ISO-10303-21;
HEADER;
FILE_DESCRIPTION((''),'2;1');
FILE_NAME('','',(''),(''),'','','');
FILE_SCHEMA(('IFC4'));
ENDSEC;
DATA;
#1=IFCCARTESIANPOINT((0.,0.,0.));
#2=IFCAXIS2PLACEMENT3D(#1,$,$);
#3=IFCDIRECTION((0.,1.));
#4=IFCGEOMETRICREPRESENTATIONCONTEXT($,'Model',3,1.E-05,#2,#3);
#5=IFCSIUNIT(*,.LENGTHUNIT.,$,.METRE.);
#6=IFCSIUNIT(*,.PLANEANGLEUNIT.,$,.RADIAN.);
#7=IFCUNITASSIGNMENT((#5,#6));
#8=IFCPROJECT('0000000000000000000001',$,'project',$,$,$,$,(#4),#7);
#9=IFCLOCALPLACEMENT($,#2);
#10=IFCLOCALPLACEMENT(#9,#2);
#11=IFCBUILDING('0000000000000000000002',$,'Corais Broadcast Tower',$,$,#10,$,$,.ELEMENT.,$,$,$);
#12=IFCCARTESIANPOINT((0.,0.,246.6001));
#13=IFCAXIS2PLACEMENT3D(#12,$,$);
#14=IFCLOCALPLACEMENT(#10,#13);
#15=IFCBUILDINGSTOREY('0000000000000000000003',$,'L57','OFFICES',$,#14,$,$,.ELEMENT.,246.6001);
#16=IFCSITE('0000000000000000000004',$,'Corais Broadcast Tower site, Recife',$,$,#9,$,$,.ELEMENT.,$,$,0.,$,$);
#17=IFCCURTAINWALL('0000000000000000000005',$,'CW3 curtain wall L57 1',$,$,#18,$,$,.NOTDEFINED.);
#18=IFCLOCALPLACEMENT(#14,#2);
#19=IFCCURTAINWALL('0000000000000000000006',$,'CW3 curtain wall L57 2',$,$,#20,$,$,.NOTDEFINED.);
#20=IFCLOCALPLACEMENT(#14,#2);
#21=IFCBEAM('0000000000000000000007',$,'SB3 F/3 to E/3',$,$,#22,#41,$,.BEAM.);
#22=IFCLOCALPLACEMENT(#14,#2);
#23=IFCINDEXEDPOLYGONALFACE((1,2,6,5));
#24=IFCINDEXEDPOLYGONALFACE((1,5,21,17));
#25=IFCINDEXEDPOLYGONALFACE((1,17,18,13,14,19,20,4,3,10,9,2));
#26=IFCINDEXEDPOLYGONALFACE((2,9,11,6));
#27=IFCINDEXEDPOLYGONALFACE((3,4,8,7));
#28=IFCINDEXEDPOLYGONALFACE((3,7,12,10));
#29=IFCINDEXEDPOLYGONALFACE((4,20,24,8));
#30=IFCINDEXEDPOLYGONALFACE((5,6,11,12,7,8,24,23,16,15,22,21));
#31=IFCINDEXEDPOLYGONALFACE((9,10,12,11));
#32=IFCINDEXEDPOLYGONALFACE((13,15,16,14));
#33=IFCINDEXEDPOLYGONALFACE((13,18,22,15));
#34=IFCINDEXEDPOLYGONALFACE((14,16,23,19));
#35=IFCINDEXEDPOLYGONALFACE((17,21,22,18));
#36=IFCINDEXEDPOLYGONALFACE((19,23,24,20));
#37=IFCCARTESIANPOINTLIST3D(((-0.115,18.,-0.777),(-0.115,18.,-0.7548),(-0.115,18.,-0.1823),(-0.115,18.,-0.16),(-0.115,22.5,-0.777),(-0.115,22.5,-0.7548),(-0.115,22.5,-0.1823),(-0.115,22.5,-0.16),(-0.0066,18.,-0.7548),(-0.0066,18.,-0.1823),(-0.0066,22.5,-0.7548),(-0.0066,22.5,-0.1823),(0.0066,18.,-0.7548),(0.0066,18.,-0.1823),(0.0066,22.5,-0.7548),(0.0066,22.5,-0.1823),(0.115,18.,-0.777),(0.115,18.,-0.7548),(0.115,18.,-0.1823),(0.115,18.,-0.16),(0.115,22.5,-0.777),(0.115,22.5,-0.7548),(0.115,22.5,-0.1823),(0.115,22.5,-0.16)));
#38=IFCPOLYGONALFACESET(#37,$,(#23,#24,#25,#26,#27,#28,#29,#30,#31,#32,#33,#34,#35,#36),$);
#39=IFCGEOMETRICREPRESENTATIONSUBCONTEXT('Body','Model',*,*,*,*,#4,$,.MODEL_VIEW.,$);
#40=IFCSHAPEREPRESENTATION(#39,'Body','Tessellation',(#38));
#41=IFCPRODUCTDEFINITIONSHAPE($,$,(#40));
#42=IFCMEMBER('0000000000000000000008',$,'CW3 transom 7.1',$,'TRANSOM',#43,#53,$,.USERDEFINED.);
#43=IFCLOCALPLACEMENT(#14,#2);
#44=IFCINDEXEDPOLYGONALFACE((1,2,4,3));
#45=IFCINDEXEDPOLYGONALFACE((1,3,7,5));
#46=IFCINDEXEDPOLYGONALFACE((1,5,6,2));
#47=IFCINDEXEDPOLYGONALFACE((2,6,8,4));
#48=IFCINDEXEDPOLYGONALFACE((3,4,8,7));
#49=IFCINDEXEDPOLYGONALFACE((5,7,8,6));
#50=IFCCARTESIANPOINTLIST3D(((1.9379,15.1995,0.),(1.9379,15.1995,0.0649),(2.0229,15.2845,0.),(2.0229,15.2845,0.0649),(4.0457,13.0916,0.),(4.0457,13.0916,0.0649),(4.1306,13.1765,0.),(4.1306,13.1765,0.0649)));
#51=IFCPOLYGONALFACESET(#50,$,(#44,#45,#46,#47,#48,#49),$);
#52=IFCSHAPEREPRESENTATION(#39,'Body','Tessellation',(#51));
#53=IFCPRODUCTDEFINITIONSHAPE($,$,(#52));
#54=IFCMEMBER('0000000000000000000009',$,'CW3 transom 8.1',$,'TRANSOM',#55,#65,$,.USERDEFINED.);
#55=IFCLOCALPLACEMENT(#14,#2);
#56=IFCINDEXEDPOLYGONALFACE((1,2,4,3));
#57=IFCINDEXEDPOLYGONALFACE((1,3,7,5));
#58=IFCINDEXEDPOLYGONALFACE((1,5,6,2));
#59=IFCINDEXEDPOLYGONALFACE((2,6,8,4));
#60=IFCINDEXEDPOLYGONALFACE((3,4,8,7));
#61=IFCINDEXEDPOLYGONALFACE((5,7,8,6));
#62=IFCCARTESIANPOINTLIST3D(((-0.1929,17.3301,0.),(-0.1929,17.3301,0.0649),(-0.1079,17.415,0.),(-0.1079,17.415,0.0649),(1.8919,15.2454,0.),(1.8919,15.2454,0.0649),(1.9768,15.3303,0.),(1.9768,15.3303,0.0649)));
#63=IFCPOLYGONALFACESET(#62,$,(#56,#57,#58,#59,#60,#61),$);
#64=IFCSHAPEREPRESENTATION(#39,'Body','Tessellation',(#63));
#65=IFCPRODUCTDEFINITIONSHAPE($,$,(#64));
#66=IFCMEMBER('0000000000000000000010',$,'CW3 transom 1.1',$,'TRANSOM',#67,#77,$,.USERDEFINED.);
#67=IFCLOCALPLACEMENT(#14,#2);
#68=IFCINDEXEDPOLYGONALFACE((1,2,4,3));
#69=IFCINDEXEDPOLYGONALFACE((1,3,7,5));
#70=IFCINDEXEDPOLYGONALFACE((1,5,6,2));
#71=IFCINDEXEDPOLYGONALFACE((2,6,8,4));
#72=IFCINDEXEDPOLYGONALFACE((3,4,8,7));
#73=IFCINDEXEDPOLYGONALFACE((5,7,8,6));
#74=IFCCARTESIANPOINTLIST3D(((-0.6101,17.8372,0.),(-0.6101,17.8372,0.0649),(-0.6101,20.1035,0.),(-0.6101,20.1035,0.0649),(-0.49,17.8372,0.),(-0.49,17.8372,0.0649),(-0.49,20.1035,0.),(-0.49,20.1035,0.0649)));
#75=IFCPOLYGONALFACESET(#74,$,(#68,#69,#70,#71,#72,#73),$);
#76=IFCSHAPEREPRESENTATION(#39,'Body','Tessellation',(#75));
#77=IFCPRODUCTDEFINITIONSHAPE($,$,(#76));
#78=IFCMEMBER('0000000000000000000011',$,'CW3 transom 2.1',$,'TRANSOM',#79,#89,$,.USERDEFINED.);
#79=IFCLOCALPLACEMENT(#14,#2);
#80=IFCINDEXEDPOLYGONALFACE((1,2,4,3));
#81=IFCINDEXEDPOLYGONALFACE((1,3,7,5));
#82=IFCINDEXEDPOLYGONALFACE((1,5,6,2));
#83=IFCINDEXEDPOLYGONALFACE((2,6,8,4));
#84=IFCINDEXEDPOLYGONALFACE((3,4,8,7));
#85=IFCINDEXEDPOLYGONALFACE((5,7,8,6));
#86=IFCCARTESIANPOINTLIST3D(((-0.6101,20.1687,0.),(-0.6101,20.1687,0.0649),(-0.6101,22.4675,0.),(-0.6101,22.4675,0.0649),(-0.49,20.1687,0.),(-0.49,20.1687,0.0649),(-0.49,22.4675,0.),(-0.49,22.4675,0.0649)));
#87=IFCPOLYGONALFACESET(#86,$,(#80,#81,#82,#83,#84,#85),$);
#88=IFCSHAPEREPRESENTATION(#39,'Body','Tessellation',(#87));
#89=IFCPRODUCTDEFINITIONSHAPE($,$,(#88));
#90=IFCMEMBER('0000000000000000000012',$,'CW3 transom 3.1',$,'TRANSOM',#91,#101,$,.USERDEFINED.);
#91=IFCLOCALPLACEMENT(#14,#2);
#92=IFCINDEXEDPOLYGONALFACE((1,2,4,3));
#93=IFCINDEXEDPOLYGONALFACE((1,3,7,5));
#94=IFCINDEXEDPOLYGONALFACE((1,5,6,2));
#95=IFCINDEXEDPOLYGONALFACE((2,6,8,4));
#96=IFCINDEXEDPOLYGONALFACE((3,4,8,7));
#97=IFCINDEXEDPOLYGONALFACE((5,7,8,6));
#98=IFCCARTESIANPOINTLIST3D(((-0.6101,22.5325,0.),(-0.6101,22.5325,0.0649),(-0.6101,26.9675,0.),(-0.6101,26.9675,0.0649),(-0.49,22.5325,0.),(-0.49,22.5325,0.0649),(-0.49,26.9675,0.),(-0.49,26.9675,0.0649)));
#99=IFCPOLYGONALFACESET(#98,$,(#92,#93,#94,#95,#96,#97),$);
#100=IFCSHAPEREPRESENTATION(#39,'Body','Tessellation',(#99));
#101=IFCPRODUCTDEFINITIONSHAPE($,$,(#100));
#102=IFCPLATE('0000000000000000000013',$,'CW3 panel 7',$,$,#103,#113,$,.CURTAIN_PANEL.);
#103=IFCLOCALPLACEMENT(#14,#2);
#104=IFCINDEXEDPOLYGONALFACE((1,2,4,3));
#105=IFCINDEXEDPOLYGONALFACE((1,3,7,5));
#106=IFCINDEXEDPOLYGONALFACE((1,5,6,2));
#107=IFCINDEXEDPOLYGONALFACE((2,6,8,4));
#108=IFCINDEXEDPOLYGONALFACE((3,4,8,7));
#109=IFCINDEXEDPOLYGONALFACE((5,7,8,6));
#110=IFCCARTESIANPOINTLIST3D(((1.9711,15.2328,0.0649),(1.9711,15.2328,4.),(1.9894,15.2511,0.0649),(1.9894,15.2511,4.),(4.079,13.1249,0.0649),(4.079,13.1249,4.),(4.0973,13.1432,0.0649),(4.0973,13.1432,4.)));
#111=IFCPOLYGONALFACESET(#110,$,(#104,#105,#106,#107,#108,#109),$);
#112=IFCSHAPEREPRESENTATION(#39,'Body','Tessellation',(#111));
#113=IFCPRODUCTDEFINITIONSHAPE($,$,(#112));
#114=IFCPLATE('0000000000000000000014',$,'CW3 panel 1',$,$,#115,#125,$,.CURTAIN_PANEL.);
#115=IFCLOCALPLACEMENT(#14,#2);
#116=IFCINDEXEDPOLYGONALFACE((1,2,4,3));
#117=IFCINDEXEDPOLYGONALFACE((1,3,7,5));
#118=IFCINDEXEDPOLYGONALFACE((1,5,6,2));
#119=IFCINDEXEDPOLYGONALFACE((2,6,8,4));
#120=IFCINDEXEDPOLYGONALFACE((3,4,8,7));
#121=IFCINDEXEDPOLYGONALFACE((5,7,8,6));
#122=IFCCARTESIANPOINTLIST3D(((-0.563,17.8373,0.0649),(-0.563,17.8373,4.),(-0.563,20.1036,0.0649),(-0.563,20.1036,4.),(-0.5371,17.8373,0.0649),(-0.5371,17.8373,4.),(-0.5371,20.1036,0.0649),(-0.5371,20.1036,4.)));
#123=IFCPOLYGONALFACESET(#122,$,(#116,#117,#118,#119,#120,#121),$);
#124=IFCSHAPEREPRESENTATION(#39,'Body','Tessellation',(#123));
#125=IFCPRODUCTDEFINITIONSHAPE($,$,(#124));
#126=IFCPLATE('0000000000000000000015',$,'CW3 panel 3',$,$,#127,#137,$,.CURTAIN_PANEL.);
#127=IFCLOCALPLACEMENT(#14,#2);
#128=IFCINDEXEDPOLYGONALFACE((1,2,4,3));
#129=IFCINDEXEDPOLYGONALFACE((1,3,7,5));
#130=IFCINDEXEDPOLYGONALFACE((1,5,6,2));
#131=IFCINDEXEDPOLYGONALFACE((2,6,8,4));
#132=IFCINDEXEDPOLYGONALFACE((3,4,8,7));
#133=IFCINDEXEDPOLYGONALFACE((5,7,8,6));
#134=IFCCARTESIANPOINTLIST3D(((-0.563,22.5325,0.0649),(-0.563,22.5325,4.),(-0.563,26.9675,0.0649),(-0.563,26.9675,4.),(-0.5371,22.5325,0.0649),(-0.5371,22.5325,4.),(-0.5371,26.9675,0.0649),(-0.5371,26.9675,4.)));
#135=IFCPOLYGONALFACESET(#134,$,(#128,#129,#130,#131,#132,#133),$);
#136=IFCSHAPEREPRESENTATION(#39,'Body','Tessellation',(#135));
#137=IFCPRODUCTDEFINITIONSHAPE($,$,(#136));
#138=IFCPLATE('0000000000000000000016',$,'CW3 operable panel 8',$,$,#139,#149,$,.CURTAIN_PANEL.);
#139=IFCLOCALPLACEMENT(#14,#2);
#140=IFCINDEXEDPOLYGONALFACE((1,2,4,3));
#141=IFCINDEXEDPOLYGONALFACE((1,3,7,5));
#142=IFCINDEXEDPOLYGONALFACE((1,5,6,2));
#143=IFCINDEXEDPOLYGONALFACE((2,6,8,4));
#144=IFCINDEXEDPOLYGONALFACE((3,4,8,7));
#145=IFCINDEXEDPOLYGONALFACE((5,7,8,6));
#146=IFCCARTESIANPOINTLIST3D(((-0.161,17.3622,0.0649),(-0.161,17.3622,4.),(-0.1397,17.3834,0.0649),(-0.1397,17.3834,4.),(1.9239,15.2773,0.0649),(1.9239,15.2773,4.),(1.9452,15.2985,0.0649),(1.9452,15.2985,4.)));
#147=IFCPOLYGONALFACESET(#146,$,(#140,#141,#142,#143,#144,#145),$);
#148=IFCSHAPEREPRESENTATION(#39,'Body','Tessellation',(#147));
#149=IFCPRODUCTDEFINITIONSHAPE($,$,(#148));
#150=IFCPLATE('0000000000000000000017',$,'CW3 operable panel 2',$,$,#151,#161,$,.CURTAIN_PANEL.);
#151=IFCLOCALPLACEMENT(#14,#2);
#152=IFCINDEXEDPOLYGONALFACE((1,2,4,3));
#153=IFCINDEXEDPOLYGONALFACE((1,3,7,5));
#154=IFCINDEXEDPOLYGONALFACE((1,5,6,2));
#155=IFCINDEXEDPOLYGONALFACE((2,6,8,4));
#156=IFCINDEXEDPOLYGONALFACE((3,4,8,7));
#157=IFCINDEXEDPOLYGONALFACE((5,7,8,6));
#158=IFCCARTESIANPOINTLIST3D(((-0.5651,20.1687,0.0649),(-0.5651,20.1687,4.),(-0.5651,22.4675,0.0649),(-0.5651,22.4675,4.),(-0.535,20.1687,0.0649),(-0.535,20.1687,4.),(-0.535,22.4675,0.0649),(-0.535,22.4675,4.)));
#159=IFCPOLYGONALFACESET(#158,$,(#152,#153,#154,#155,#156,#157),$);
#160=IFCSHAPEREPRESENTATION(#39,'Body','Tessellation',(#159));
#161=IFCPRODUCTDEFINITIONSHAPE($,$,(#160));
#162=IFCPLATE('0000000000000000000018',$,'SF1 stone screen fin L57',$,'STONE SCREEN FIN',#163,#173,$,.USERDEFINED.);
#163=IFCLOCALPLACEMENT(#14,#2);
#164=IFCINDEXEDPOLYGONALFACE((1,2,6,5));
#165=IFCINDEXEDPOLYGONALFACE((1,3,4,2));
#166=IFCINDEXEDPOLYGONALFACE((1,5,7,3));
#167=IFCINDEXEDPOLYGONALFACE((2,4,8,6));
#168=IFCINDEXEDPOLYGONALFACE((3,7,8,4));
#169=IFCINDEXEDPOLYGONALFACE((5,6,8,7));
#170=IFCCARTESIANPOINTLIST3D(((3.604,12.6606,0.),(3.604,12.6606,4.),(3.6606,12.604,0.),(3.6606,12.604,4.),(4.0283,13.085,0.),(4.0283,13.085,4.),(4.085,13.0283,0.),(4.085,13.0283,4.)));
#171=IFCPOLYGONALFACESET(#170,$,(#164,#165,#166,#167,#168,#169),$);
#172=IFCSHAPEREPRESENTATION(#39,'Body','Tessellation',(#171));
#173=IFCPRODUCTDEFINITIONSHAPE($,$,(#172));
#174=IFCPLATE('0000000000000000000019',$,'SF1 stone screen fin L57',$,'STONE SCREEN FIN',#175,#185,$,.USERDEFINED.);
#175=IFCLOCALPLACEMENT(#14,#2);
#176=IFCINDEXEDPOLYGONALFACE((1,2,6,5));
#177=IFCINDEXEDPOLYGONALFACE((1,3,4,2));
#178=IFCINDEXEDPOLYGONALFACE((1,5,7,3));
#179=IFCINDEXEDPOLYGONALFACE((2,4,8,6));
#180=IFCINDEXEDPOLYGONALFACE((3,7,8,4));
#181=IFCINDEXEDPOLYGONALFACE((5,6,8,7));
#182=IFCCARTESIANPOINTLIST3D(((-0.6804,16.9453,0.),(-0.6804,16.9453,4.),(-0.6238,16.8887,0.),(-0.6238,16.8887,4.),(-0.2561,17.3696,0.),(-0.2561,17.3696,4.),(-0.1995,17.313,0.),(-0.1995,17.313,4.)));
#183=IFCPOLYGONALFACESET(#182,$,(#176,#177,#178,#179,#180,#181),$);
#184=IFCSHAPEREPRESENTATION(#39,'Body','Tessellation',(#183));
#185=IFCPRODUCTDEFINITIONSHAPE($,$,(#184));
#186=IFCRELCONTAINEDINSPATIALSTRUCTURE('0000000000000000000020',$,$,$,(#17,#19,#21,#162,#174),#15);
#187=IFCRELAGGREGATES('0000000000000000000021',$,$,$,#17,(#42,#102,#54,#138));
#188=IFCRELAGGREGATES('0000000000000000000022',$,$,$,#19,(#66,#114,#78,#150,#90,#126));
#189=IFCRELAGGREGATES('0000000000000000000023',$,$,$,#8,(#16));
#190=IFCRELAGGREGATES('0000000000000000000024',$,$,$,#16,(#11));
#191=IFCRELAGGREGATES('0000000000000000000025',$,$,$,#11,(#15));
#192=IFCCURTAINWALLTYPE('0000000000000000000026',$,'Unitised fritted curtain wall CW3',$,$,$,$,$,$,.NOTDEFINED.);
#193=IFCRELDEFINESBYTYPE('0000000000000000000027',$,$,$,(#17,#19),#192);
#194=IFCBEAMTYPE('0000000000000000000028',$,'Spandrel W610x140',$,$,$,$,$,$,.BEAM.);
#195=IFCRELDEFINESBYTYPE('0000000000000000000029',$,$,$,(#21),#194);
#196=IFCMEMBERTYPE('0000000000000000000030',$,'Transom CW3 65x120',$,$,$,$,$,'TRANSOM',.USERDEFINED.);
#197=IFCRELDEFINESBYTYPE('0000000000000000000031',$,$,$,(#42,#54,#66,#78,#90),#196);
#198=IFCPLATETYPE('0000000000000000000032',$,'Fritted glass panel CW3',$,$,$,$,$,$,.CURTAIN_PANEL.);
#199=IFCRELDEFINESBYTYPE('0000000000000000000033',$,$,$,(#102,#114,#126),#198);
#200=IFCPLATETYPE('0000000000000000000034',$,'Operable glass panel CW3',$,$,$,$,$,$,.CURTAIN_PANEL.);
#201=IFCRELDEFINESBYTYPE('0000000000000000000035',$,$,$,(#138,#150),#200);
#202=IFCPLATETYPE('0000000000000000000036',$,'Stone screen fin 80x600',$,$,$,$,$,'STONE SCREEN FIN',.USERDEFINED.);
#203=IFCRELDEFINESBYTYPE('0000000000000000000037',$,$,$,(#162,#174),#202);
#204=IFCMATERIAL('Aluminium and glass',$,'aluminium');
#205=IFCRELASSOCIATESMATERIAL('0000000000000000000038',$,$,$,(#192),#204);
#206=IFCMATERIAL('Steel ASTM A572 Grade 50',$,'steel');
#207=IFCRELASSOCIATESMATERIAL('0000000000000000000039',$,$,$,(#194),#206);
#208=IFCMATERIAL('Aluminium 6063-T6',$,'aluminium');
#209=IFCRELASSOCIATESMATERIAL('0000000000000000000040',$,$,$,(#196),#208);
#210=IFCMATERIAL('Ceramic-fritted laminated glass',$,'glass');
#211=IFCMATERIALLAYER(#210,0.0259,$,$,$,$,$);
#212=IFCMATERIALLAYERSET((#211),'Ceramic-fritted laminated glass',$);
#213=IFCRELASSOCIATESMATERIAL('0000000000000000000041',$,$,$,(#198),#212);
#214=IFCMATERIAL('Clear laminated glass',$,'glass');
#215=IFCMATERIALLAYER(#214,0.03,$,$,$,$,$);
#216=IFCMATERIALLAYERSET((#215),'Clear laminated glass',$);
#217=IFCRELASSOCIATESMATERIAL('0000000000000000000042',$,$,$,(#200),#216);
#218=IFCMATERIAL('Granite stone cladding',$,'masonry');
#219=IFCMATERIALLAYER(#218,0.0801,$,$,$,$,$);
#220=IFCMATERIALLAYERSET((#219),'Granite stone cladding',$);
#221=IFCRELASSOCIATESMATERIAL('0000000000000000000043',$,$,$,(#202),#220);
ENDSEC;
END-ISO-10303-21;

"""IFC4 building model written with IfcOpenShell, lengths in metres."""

from ifc_helpers import new_model, si_unit, direction, frame, origin, origin_2d, place, context, subcontext, project, spatial, rectangle, i_section, extrude, material, layer, layer_set, material_profile, profile_set, type_object, element, aggregate, save


model = new_model("IFC4")

# Units and contexts
model_context = context("Model", 3, precision=1e-05, world=origin(), true_north=direction((0.0, 1.0)))
body_context = subcontext(model_context, "Body", "Model", "MODEL_VIEW")
ifc_project = project(units=[si_unit("LENGTHUNIT", "METRE"), si_unit("PLANEANGLEUNIT", "RADIAN")], contexts=[model_context])

# Site, building, storey
site_placement = place(None, origin())
site = spatial("IfcSite", under=ifc_project, at=site_placement, Name="Corais Broadcast Tower site, Recife", CompositionType="ELEMENT", RefElevation=0.0)
building_placement = place(site_placement, origin())
building = spatial("IfcBuilding", under=site, at=building_placement, Name="Corais Broadcast Tower", CompositionType="ELEMENT")
storey_placement = place(building_placement, frame((0.0, 0.0, 246.6001)))
storey = spatial("IfcBuildingStorey", under=building, at=storey_placement, Name="L57", Description="OFFICES", CompositionType="ELEMENT", Elevation=246.6001)

# Curtain walls
ifc_material_1 = material(Name="Aluminium and glass", Category="aluminium")
curtain_wall_type = type_object("IfcCurtainWallType", Name="Unitised fritted curtain wall CW3", PredefinedType="NOTDEFINED", material=ifc_material_1)
curtain_wall_1_placement = place(storey_placement, origin())
curtain_wall_1 = element("IfcCurtainWall", 1, at=curtain_wall_1_placement, inside=storey, type_object=curtain_wall_type, Name="CW3 curtain wall L57 1", PredefinedType="NOTDEFINED")
curtain_wall_2_placement = place(storey_placement, origin())
curtain_wall_2 = element("IfcCurtainWall", 2, at=curtain_wall_2_placement, inside=storey, type_object=curtain_wall_type, Name="CW3 curtain wall L57 2", PredefinedType="NOTDEFINED")

# Beam
ifc_material_2 = material(Name="Steel ASTM A572 Grade 50", Category="steel")
ifc_material_profile_1 = material_profile(ifc_material_2, i_section(OverallWidth=0.23, OverallDepth=0.6169, WebThickness=0.0132, FlangeThickness=0.0222, at=origin_2d()), Name="W610x140")
ifc_profile_set_1 = profile_set([ifc_material_profile_1], Name="Steel ASTM A572 Grade 50")
beam_type_1 = type_object("IfcBeamType", Name="Spandrel W610x140", PredefinedType="BEAM", material=ifc_profile_set_1)
beam_1_placement = place(storey_placement, frame((0.0, 22.5, -0.4685), z_axis=(0.0, -1.0, 0.0), x_axis=(1.0, 0.0, 0.0)))
element("IfcBeam", 3, at=beam_1_placement, inside=storey, type_object=beam_type_1, Name="SB3 F/3 to E/3", PredefinedType="BEAM", context=body_context, shape_type="SweptSolid", body=[
    extrude(i_section(OverallWidth=0.23, OverallDepth=0.6169, WebThickness=0.0132, FlangeThickness=0.0222, at=origin_2d()), origin(), (0.0, 0.0, 1.0), 4.5),
])

# Members
ifc_material_3 = material(Name="Aluminium 6063-T6", Category="aluminium")
ifc_material_profile_2 = material_profile(ifc_material_3, rectangle(XDim=0.1201, YDim=0.0649, at=origin_2d()), Name="Transom CW3 65x120")
ifc_profile_set_2 = profile_set([ifc_material_profile_2], Name="Aluminium 6063-T6")
member_type_1 = type_object("IfcMemberType", Name="Transom CW3 65x120", ElementType="TRANSOM", PredefinedType="USERDEFINED", material=ifc_profile_set_2)
member_1_placement = place(storey_placement, frame((4.0881, 13.134, 0.0325), z_axis=(-0.707066, 0.707148, 0.0), x_axis=(-0.707148, -0.707066, 0.0)))
member_1 = element("IfcMember", 4, at=member_1_placement, type_object=member_type_1, Name="CW3 transom 7.1", ObjectType="TRANSOM", PredefinedType="USERDEFINED", context=body_context, shape_type="SweptSolid", body=[
    extrude(rectangle(XDim=0.1201, YDim=0.0649, at=origin_2d()), origin(), (0.0, 0.0, 1.0), 2.981),
])
member_2_placement = place(storey_placement, frame((1.9343, 15.2878, 0.0325), z_axis=(-0.707107, 0.707107, 0.0), x_axis=(-0.707107, -0.707107, 0.0)))
member_2 = element("IfcMember", 5, at=member_2_placement, type_object=member_type_1, Name="CW3 transom 8.1", ObjectType="TRANSOM", PredefinedType="USERDEFINED", context=body_context, shape_type="SweptSolid", body=[
    extrude(rectangle(XDim=0.1201, YDim=0.0649, at=origin_2d()), origin(), (0.0, 0.0, 1.0), 2.9482),
])
member_3_placement = place(storey_placement, frame((-0.55, 17.8372, 0.0325), z_axis=(0.0, 1.0, 0.0), x_axis=(-1.0, 0.0, 0.0)))
member_3 = element("IfcMember", 6, at=member_3_placement, type_object=member_type_1, Name="CW3 transom 1.1", ObjectType="TRANSOM", PredefinedType="USERDEFINED", context=body_context, shape_type="SweptSolid", body=[
    extrude(rectangle(XDim=0.1201, YDim=0.0649, at=origin_2d()), origin(), (0.0, 0.0, 1.0), 2.2664),
])
member_4_placement = place(storey_placement, frame((-0.55, 20.1687, 0.0325), z_axis=(0.0, 1.0, 0.0), x_axis=(-1.0, 0.0, 0.0)))
member_4 = element("IfcMember", 7, at=member_4_placement, type_object=member_type_1, Name="CW3 transom 2.1", ObjectType="TRANSOM", PredefinedType="USERDEFINED", context=body_context, shape_type="SweptSolid", body=[
    extrude(rectangle(XDim=0.1201, YDim=0.0649, at=origin_2d()), origin(), (0.0, 0.0, 1.0), 2.2988),
])
member_5_placement = place(storey_placement, frame((-0.55, 22.5325, 0.0325), z_axis=(0.0, 1.0, 0.0), x_axis=(-1.0, 0.0, 0.0)))
member_5 = element("IfcMember", 8, at=member_5_placement, type_object=member_type_1, Name="CW3 transom 3.1", ObjectType="TRANSOM", PredefinedType="USERDEFINED", context=body_context, shape_type="SweptSolid", body=[
    extrude(rectangle(XDim=0.1201, YDim=0.0649, at=origin_2d()), origin(), (0.0, 0.0, 1.0), 4.4351),
])

# Plates
ifc_material_4 = material(Name="Ceramic-fritted laminated glass", Category="glass")
ifc_layer_1 = layer(ifc_material_4, 0.0259)
ifc_layer_set_1 = layer_set([ifc_layer_1], Name="Ceramic-fritted laminated glass")
plate_type_1 = type_object("IfcPlateType", Name="Fritted glass panel CW3", PredefinedType="CURTAIN_PANEL", material=ifc_layer_set_1)
plate_1_placement = place(storey_placement, frame((3.0342, 14.188, 0.0649), z_axis=(0.0, 0.0, 1.0), x_axis=(-0.707107, 0.707107, 0.0)))
plate_1 = element("IfcPlate", 9, at=plate_1_placement, type_object=plate_type_1, Name="CW3 panel 7", PredefinedType="CURTAIN_PANEL", context=body_context, shape_type="SweptSolid", body=[
    extrude(rectangle(XDim=2.981, YDim=0.0259, at=origin_2d()), origin(), (0.0, 0.0, 1.0), 3.9351),
])
plate_2_placement = place(storey_placement, frame((-0.55, 18.9705, 0.0649), z_axis=(0.0, 0.0, 1.0), x_axis=(0.0, 1.0, 0.0)))
plate_2 = element("IfcPlate", 10, at=plate_2_placement, type_object=plate_type_1, Name="CW3 panel 1", PredefinedType="CURTAIN_PANEL", context=body_context, shape_type="SweptSolid", body=[
    extrude(rectangle(XDim=2.2664, YDim=0.0259, at=origin_2d()), origin(), (0.0, 0.0, 1.0), 3.9351),
])
plate_3_placement = place(storey_placement, frame((-0.55, 24.75, 0.0649), z_axis=(0.0, 0.0, 1.0), x_axis=(0.0, 1.0, 0.0)))
plate_3 = element("IfcPlate", 11, at=plate_3_placement, type_object=plate_type_1, Name="CW3 panel 3", PredefinedType="CURTAIN_PANEL", context=body_context, shape_type="SweptSolid", body=[
    extrude(rectangle(XDim=4.4351, YDim=0.0259, at=origin_2d()), origin(), (0.0, 0.0, 1.0), 3.9351),
])
ifc_material_5 = material(Name="Clear laminated glass", Category="glass")
ifc_layer_2 = layer(ifc_material_5, 0.03)
ifc_layer_set_2 = layer_set([ifc_layer_2], Name="Clear laminated glass")
plate_type_2 = type_object("IfcPlateType", Name="Operable glass panel CW3", PredefinedType="CURTAIN_PANEL", material=ifc_layer_set_2)
plate_4_placement = place(storey_placement, frame((0.8921, 16.3303, 0.0649), z_axis=(0.0, 0.0, 1.0), x_axis=(-0.707107, 0.707107, 0.0)))
plate_4 = element("IfcPlate", 12, at=plate_4_placement, type_object=plate_type_2, Name="CW3 operable panel 8", PredefinedType="CURTAIN_PANEL", context=body_context, shape_type="SweptSolid", body=[
    extrude(rectangle(XDim=2.9485, YDim=0.03, at=origin_2d()), origin(), (0.0, 0.0, 1.0), 3.9351),
])
aggregate(curtain_wall_1, [member_1, plate_1, member_2, plate_4])
plate_5_placement = place(storey_placement, frame((-0.55, 21.3181, 0.0649), z_axis=(0.0, 0.0, 1.0), x_axis=(0.0, 1.0, 0.0)))
plate_5 = element("IfcPlate", 13, at=plate_5_placement, type_object=plate_type_2, Name="CW3 operable panel 2", PredefinedType="CURTAIN_PANEL", context=body_context, shape_type="SweptSolid", body=[
    extrude(rectangle(XDim=2.2988, YDim=0.03, at=origin_2d()), origin(), (0.0, 0.0, 1.0), 3.9351),
])
aggregate(curtain_wall_2, [member_3, plate_2, member_4, plate_5, member_5, plate_3])

# Plates
ifc_material_6 = material(Name="Granite stone cladding", Category="masonry")
ifc_layer_3 = layer(ifc_material_6, 0.0801)
ifc_layer_set_3 = layer_set([ifc_layer_3], Name="Granite stone cladding")
plate_type_3 = type_object("IfcPlateType", Name="Stone screen fin 80x600", ElementType="STONE SCREEN FIN", PredefinedType="USERDEFINED", material=ifc_layer_set_3)
for number, where, z_axis, x_axis, name in (
    (14, (3.8445, 12.8445, 0.0), (0.0, 0.0, 1.0), (-0.707107, 0.707107, 0.0), "SF1 stone screen fin L57"),
    (15, (-0.4399, 17.1292, 0.0), (0.0, 0.0, 1.0), (-0.707107, 0.707107, 0.0), "SF1 stone screen fin L57"),
):
    element("IfcPlate", number, at=place(storey_placement, frame(where, z_axis=z_axis, x_axis=x_axis)), inside=storey, type_object=plate_type_3, Name=name, ObjectType="STONE SCREEN FIN", PredefinedType="USERDEFINED", context=body_context, shape_type="SweptSolid", body=[
        extrude(rectangle(XDim=0.0801, YDim=0.6001, at=origin_2d()), origin(), (0.0, 0.0, 1.0), 4.0),
    ])

save(model, "model.ifc")
